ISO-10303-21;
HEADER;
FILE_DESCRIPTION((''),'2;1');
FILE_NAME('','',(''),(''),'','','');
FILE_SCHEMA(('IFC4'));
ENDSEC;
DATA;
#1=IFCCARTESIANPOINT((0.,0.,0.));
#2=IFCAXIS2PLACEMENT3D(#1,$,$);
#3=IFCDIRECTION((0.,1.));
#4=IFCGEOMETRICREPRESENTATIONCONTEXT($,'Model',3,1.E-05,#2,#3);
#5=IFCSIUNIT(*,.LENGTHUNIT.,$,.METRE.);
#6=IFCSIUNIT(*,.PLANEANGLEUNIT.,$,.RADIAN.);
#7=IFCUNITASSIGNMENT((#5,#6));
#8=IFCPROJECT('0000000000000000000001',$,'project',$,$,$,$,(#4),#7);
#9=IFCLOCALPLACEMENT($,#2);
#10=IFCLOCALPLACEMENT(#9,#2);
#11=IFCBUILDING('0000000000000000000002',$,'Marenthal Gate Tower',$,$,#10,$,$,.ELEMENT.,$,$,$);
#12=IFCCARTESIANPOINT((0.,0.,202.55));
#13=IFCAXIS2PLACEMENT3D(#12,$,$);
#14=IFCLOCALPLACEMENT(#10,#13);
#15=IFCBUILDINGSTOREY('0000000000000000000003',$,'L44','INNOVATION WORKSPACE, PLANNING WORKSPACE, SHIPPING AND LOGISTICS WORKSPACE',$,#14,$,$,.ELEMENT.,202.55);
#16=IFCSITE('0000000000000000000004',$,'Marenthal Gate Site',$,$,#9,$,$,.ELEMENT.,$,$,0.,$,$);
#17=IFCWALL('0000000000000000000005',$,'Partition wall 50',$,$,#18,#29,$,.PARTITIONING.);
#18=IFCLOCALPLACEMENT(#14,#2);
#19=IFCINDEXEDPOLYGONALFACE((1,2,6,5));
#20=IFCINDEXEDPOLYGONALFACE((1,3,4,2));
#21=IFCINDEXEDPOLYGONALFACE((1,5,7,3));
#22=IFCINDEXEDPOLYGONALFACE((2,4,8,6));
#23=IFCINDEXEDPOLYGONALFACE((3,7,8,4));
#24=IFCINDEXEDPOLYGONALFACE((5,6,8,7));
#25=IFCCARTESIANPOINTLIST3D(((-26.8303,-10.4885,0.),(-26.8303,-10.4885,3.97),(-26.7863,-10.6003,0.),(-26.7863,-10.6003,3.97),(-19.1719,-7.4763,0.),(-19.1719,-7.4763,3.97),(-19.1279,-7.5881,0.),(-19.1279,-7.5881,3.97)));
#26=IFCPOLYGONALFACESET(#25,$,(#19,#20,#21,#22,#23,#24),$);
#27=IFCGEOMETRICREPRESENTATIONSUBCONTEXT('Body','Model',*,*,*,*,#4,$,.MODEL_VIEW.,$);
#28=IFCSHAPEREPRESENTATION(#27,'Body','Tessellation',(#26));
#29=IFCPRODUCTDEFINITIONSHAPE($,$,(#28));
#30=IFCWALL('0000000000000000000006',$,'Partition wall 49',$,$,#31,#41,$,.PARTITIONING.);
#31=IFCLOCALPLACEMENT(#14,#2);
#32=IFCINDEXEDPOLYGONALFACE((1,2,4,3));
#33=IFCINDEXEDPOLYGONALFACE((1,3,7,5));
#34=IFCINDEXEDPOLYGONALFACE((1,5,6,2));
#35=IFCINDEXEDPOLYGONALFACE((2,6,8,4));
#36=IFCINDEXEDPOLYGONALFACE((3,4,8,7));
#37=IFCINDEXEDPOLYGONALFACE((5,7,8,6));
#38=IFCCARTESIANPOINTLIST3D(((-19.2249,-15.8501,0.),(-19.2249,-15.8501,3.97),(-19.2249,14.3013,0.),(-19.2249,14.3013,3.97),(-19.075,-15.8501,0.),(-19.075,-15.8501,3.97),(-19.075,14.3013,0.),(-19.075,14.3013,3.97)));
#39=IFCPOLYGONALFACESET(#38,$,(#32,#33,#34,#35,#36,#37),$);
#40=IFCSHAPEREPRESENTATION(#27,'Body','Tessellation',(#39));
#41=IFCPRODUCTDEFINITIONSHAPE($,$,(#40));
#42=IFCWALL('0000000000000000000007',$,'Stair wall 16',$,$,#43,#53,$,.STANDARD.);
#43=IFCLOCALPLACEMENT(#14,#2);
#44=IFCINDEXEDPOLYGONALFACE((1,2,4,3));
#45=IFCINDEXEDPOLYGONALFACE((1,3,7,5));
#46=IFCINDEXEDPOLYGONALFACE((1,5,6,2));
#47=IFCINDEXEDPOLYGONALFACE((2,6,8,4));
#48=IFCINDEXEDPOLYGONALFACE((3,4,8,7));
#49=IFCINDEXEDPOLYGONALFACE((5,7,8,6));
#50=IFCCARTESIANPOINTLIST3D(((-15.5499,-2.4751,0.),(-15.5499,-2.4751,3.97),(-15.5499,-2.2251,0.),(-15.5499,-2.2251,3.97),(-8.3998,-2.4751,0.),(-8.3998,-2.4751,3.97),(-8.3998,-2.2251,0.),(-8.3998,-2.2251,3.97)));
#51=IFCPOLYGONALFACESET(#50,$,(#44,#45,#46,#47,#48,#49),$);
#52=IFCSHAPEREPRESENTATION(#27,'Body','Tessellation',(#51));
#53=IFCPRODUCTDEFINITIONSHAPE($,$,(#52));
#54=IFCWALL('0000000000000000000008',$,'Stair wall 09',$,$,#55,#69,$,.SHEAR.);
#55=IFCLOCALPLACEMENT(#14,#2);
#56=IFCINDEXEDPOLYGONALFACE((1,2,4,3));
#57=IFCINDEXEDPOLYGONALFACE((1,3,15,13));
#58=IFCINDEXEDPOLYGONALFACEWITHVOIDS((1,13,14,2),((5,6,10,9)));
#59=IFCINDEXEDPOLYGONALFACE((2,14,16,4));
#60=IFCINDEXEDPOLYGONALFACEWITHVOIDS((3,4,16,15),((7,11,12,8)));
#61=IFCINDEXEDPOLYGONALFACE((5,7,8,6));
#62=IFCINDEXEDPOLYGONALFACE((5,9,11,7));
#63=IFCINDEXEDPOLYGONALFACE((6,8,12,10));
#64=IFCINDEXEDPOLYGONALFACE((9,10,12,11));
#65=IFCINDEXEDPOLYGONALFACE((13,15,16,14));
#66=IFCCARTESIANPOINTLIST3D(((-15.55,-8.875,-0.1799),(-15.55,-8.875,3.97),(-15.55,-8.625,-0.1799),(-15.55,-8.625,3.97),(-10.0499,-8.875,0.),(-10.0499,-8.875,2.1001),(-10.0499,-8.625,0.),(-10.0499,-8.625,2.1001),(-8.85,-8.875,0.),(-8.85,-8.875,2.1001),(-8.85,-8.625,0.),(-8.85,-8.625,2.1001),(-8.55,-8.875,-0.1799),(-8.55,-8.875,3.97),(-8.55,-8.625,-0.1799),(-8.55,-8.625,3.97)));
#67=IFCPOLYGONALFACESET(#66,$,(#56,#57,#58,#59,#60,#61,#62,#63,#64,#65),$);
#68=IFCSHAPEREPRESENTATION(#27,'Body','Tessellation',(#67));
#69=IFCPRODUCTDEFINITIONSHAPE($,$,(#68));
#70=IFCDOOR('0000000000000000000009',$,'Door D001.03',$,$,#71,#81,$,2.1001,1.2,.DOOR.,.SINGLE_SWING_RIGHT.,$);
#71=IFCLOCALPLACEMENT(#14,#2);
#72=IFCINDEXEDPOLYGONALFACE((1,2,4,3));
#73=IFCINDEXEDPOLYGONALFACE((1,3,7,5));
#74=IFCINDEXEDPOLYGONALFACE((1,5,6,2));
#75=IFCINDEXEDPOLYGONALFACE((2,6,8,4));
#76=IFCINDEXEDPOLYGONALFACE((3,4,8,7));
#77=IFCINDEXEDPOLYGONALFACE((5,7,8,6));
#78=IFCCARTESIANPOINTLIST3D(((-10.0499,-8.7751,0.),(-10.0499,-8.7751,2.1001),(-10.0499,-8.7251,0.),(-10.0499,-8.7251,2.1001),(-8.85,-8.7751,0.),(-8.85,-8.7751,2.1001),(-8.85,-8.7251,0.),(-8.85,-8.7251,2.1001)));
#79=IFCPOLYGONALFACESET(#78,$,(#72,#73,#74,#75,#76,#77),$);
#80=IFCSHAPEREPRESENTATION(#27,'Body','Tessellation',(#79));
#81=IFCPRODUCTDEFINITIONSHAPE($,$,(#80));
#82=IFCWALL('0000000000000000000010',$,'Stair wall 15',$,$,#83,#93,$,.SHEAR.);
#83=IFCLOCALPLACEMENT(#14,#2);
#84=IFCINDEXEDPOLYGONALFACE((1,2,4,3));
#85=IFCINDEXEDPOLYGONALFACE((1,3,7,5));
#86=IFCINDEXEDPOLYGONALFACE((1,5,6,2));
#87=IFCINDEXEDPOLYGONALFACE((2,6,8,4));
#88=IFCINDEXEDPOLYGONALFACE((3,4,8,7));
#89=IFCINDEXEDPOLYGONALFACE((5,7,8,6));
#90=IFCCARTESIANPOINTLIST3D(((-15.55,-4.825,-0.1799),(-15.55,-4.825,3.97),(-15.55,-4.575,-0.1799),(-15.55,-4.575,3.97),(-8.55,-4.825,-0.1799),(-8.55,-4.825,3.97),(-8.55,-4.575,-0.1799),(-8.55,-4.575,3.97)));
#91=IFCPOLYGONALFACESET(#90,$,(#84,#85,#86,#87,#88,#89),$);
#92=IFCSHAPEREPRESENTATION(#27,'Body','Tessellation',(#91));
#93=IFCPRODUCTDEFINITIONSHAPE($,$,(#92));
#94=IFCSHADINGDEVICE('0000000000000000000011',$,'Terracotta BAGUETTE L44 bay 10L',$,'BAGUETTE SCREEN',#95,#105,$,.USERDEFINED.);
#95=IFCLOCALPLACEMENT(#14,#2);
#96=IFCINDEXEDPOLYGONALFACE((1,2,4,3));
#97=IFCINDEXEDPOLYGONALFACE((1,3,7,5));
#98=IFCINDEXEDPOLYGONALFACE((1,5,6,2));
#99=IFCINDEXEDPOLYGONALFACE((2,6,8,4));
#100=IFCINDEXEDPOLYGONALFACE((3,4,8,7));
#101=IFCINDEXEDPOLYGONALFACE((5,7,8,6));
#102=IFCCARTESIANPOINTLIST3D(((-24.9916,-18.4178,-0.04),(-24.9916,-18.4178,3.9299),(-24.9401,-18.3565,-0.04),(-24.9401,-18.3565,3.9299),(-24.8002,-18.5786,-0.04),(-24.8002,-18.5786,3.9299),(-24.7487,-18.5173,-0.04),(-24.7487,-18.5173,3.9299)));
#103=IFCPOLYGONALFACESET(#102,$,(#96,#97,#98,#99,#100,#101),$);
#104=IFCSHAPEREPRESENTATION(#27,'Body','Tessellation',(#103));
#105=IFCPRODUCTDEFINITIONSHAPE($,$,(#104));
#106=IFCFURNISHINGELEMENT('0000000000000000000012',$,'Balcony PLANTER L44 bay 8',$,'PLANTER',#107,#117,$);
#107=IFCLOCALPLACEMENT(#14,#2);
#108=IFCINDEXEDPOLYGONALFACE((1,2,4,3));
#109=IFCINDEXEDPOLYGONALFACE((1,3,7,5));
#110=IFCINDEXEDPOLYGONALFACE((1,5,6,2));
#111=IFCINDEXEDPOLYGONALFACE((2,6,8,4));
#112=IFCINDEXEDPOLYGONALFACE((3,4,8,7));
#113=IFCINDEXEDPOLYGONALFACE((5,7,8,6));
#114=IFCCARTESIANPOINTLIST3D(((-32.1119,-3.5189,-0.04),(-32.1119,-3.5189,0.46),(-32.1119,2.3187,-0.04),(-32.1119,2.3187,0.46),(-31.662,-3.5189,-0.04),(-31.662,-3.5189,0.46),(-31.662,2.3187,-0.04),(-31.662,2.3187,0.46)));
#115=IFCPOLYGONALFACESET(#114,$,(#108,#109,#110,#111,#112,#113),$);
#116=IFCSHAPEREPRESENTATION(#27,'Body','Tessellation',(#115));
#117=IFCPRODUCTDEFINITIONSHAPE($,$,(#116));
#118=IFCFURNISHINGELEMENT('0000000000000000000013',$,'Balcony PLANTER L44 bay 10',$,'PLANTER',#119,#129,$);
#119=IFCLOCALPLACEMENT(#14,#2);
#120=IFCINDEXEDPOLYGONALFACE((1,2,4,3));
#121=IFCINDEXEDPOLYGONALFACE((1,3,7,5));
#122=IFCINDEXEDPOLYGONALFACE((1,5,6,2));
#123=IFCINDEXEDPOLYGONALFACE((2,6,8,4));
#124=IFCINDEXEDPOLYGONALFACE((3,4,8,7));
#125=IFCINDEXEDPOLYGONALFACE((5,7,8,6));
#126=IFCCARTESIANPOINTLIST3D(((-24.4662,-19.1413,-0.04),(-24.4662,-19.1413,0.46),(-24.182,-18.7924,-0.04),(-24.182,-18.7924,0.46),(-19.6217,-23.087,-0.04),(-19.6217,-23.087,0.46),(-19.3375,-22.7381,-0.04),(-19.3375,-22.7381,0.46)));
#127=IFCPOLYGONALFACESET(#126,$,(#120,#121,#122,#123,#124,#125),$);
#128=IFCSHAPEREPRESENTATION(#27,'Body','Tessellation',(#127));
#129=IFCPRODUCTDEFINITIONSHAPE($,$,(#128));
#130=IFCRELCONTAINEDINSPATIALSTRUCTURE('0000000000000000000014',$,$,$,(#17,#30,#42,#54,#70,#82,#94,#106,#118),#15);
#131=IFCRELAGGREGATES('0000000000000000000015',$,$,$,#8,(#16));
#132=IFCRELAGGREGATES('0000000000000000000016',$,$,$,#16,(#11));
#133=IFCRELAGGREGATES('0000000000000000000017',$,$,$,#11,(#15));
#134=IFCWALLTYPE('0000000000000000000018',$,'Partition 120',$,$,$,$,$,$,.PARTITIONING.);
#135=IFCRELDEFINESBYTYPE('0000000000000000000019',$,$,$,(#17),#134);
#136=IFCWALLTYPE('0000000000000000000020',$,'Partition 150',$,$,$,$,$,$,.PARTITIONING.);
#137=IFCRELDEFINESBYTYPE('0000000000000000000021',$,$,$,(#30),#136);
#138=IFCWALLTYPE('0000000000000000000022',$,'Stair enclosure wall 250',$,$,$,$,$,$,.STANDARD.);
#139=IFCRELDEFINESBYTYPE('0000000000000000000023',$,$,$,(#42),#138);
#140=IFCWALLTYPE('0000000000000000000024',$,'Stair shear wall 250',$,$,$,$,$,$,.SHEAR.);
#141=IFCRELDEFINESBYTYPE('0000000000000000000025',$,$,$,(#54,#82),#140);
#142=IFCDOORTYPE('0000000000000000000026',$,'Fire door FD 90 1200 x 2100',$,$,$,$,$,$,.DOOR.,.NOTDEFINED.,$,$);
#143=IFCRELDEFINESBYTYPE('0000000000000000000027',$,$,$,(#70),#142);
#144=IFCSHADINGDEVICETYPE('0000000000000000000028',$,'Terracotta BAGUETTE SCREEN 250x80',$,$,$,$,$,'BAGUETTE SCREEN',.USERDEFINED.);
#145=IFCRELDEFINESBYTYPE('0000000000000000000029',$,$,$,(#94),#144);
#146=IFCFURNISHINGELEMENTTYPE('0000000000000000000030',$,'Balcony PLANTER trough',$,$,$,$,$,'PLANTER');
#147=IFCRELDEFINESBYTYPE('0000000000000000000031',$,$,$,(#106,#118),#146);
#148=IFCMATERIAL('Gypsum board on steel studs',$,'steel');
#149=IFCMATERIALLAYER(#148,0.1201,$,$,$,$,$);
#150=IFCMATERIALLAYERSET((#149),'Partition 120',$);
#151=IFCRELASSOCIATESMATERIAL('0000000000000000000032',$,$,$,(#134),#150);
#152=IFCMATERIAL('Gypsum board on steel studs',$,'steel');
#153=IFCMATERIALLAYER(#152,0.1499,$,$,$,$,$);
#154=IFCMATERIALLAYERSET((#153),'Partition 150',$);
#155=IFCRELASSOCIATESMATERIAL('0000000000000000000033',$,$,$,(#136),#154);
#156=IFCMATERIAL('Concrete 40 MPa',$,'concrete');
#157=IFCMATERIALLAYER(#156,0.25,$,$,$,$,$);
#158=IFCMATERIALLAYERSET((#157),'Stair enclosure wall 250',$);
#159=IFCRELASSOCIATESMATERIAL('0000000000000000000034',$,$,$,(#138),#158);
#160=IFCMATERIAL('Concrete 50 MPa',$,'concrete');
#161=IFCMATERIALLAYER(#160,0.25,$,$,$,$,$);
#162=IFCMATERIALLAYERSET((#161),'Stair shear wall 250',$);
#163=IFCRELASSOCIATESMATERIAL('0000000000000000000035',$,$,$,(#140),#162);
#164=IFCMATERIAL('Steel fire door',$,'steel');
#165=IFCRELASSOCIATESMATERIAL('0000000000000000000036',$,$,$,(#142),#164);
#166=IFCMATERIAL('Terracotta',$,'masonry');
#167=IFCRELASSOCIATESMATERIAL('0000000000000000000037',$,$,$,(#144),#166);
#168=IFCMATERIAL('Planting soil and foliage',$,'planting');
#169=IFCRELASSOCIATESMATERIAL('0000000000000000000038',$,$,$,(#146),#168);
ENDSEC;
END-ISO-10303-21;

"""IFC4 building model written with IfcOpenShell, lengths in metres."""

from ifc_helpers import new_model, si_unit, direction, frame, frame_2d, origin, origin_2d, place, context, subcontext, project, spatial, rectangle, extrude, material, layer, layer_set, material_profile, profile_set, type_object, element, fill, save


model = new_model("IFC4")

# Units and contexts
model_context = context("Model", 3, precision=1e-05, world=origin(), true_north=direction((0.0, 1.0)))
body_context = subcontext(model_context, "Body", "Model", "MODEL_VIEW")
ifc_project = project(units=[si_unit("LENGTHUNIT", "METRE"), si_unit("PLANEANGLEUNIT", "RADIAN")], contexts=[model_context])

# Site, building, storey
site_placement = place(None, origin())
site = spatial("IfcSite", under=ifc_project, at=site_placement, Name="Marenthal Gate Site", CompositionType="ELEMENT", RefElevation=0.0)
building_placement = place(site_placement, origin())
building = spatial("IfcBuilding", under=site, at=building_placement, Name="Marenthal Gate Tower", CompositionType="ELEMENT")
storey_placement = place(building_placement, frame((0.0, 0.0, 202.55)))
storey = spatial("IfcBuildingStorey", under=building, at=storey_placement, Name="L44", Description="INNOVATION WORKSPACE, PLANNING WORKSPACE, SHIPPING AND LOGISTICS WORKSPACE", CompositionType="ELEMENT", Elevation=202.55)

# Walls
ifc_material_1 = material(Name="Gypsum board on steel studs", Category="steel")
ifc_layer_1 = layer(ifc_material_1, 0.1201)
ifc_layer_set_1 = layer_set([ifc_layer_1], Name="Partition 120")
wall_type_1 = type_object("IfcWallType", Name="Partition 120", PredefinedType="PARTITIONING", material=ifc_layer_set_1)
wall_1_placement = place(storey_placement, frame((-19.1499, -7.5322, 0.0), z_axis=(0.0, 0.0, 1.0), x_axis=(-0.930605, -0.366024, 0.0)))
element("IfcWall", 1, at=wall_1_placement, inside=storey, type_object=wall_type_1, Name="Partition wall 50", PredefinedType="PARTITIONING", context=body_context, shape_type="SweptSolid", body=[
    extrude(rectangle(XDim=8.2295, YDim=0.1201, at=frame_2d((4.1147, 0.0))), origin(), (0.0, 0.0, 1.0), 3.97),
])
ifc_material_2 = material(Name="Gypsum board on steel studs", Category="steel")
ifc_layer_2 = layer(ifc_material_2, 0.1499)
ifc_layer_set_2 = layer_set([ifc_layer_2], Name="Partition 150")
wall_type_2 = type_object("IfcWallType", Name="Partition 150", PredefinedType="PARTITIONING", material=ifc_layer_set_2)
wall_2_placement = place(storey_placement, frame((-19.1499, -15.8501, 0.0), z_axis=(0.0, 0.0, 1.0), x_axis=(0.0, 1.0, 0.0)))
element("IfcWall", 2, at=wall_2_placement, inside=storey, type_object=wall_type_2, Name="Partition wall 49", PredefinedType="PARTITIONING", context=body_context, shape_type="SweptSolid", body=[
    extrude(rectangle(XDim=30.1514, YDim=0.1499, at=frame_2d((15.0757, 0.0))), origin(), (0.0, 0.0, 1.0), 3.97),
])
ifc_material_3 = material(Name="Concrete 40 MPa", Category="concrete")
ifc_layer_3 = layer(ifc_material_3, 0.25)
ifc_layer_set_3 = layer_set([ifc_layer_3], Name="Stair enclosure wall 250")
wall_type_3 = type_object("IfcWallType", Name="Stair enclosure wall 250", PredefinedType="STANDARD", material=ifc_layer_set_3)
wall_3_placement = place(storey_placement, frame((-15.55, -2.3501, 0.0), z_axis=(0.0, 0.0, 1.0), x_axis=(1.0, 0.0, 0.0)))
element("IfcWall", 3, at=wall_3_placement, inside=storey, type_object=wall_type_3, Name="Stair wall 16", PredefinedType="STANDARD", context=body_context, shape_type="SweptSolid", body=[
    extrude(rectangle(XDim=7.1501, YDim=0.25, at=frame_2d((3.5752, 0.0))), origin(), (0.0, 0.0, 1.0), 3.97),
])

# Wall, opening, door
ifc_material_4 = material(Name="Concrete 50 MPa", Category="concrete")
ifc_layer_4 = layer(ifc_material_4, 0.25)
ifc_layer_set_4 = layer_set([ifc_layer_4], Name="Stair shear wall 250")
wall_type_4 = type_object("IfcWallType", Name="Stair shear wall 250", PredefinedType="SHEAR", material=ifc_layer_set_4)
wall_4_placement = place(storey_placement, frame((-15.55, -8.75, -0.1799), z_axis=(0.0, 0.0, 1.0), x_axis=(1.0, 0.0, 0.0)))
wall_4 = element("IfcWall", 4, at=wall_4_placement, inside=storey, type_object=wall_type_4, Name="Stair wall 09", PredefinedType="SHEAR", context=body_context, shape_type="SweptSolid", body=[
    extrude(rectangle(XDim=7.0, YDim=0.25, at=frame_2d((3.5, 0.0))), origin(), (0.0, 0.0, 1.0), 4.1499),
])
opening_1_placement = place(wall_4_placement, frame((5.5, 0.0, 0.1799)))
opening_1 = element("IfcOpeningElement", 5, at=opening_1_placement, cuts=wall_4, PredefinedType="OPENING", context=body_context, shape_type="SweptSolid", body=[
    extrude(rectangle(XDim=1.2, YDim=2.1001, at=frame_2d((0.6001, 1.05))), frame((0.0, 0.135, 0.0), z_axis=(0.0, -1.0, 0.0), x_axis=(1.0, 0.0, 0.0)), (0.0, 0.0, 1.0), 0.27),
])
ifc_material_5 = material(Name="Steel fire door", Category="steel")
door_type_1 = type_object("IfcDoorType", Name="Fire door FD 90 1200 x 2100", OperationType="NOTDEFINED", PredefinedType="DOOR", material=ifc_material_5)
door_1_placement = place(opening_1_placement, origin())
door_1 = element("IfcDoor", 6, at=door_1_placement, inside=storey, type_object=door_type_1, Name="Door D001.03", OperationType="SINGLE_SWING_RIGHT", OverallHeight=2.1001, OverallWidth=1.2, PredefinedType="DOOR", context=body_context, shape_type="SweptSolid", body=[
    extrude(rectangle(XDim=1.2, YDim=2.1001, at=frame_2d((0.6001, 1.05))), frame((0.0, 0.0249, 0.0), z_axis=(0.0, -1.0, 0.0), x_axis=(1.0, 0.0, 0.0)), (0.0, 0.0, 1.0), 0.05),
])
fill(opening_1, door_1)

# Wall
wall_5_placement = place(storey_placement, frame((-15.55, -4.7, -0.1799), z_axis=(0.0, 0.0, 1.0), x_axis=(1.0, 0.0, 0.0)))
element("IfcWall", 7, at=wall_5_placement, inside=storey, type_object=wall_type_4, Name="Stair wall 15", PredefinedType="SHEAR", context=body_context, shape_type="SweptSolid", body=[
    extrude(rectangle(XDim=7.0, YDim=0.25, at=frame_2d((3.5, 0.0))), origin(), (0.0, 0.0, 1.0), 4.1499),
])

# Shading device
ifc_material_6 = material(Name="Terracotta", Category="masonry")
ifc_material_profile_1 = material_profile(ifc_material_6, rectangle(XDim=0.25, YDim=0.0801, at=origin_2d()), Name="Terracotta baguette 250x80")
ifc_profile_set_1 = profile_set([ifc_material_profile_1], Name="Terracotta")
shading_device_type = type_object("IfcShadingDeviceType", Name="Terracotta BAGUETTE SCREEN 250x80", ElementType="BAGUETTE SCREEN", PredefinedType="USERDEFINED", material=ifc_profile_set_1)
shading_device_placement = place(storey_placement, frame((-24.8701, -18.4675, -0.04), z_axis=(0.0, 0.0, 1.0), x_axis=(0.765705, -0.643192, 0.0)))
element("IfcShadingDevice", 8, at=shading_device_placement, inside=storey, type_object=shading_device_type, Name="Terracotta BAGUETTE L44 bay 10L", ObjectType="BAGUETTE SCREEN", PredefinedType="USERDEFINED", context=body_context, shape_type="SweptSolid", body=[
    extrude(rectangle(XDim=0.25, YDim=0.0801, at=origin_2d()), origin(), (0.0, 0.0, 1.0), 3.97),
])

# Furnishing elements
ifc_material_7 = material(Name="Planting soil and foliage", Category="planting")
furnishing_element_type = type_object("IfcFurnishingElementType", Name="Balcony PLANTER trough", ElementType="PLANTER", material=ifc_material_7)
furnishing_1_placement = place(storey_placement, frame((-31.887, -0.6001, -0.04), z_axis=(0.0, 0.0, 1.0), x_axis=(0.0, -1.0, 0.0)))
element("IfcFurnishingElement", 9, at=furnishing_1_placement, inside=storey, type_object=furnishing_element_type, Name="Balcony PLANTER L44 bay 8", ObjectType="PLANTER", context=body_context, shape_type="SweptSolid", body=[
    extrude(rectangle(XDim=5.8376, YDim=0.45, at=origin_2d()), origin(), (0.0, 0.0, 1.0), 0.5),
])
furnishing_2_placement = place(storey_placement, frame((-21.9019, -20.9397, -0.04), z_axis=(0.0, 0.0, 1.0), x_axis=(0.77536, -0.63152, 0.0)))
element("IfcFurnishingElement", 10, at=furnishing_2_placement, inside=storey, type_object=furnishing_element_type, Name="Balcony PLANTER L44 bay 10", ObjectType="PLANTER", context=body_context, shape_type="SweptSolid", body=[
    extrude(rectangle(XDim=6.248, YDim=0.45, at=origin_2d()), origin(), (0.0, 0.0, 1.0), 0.5),
])

save(model, "model.ifc")
